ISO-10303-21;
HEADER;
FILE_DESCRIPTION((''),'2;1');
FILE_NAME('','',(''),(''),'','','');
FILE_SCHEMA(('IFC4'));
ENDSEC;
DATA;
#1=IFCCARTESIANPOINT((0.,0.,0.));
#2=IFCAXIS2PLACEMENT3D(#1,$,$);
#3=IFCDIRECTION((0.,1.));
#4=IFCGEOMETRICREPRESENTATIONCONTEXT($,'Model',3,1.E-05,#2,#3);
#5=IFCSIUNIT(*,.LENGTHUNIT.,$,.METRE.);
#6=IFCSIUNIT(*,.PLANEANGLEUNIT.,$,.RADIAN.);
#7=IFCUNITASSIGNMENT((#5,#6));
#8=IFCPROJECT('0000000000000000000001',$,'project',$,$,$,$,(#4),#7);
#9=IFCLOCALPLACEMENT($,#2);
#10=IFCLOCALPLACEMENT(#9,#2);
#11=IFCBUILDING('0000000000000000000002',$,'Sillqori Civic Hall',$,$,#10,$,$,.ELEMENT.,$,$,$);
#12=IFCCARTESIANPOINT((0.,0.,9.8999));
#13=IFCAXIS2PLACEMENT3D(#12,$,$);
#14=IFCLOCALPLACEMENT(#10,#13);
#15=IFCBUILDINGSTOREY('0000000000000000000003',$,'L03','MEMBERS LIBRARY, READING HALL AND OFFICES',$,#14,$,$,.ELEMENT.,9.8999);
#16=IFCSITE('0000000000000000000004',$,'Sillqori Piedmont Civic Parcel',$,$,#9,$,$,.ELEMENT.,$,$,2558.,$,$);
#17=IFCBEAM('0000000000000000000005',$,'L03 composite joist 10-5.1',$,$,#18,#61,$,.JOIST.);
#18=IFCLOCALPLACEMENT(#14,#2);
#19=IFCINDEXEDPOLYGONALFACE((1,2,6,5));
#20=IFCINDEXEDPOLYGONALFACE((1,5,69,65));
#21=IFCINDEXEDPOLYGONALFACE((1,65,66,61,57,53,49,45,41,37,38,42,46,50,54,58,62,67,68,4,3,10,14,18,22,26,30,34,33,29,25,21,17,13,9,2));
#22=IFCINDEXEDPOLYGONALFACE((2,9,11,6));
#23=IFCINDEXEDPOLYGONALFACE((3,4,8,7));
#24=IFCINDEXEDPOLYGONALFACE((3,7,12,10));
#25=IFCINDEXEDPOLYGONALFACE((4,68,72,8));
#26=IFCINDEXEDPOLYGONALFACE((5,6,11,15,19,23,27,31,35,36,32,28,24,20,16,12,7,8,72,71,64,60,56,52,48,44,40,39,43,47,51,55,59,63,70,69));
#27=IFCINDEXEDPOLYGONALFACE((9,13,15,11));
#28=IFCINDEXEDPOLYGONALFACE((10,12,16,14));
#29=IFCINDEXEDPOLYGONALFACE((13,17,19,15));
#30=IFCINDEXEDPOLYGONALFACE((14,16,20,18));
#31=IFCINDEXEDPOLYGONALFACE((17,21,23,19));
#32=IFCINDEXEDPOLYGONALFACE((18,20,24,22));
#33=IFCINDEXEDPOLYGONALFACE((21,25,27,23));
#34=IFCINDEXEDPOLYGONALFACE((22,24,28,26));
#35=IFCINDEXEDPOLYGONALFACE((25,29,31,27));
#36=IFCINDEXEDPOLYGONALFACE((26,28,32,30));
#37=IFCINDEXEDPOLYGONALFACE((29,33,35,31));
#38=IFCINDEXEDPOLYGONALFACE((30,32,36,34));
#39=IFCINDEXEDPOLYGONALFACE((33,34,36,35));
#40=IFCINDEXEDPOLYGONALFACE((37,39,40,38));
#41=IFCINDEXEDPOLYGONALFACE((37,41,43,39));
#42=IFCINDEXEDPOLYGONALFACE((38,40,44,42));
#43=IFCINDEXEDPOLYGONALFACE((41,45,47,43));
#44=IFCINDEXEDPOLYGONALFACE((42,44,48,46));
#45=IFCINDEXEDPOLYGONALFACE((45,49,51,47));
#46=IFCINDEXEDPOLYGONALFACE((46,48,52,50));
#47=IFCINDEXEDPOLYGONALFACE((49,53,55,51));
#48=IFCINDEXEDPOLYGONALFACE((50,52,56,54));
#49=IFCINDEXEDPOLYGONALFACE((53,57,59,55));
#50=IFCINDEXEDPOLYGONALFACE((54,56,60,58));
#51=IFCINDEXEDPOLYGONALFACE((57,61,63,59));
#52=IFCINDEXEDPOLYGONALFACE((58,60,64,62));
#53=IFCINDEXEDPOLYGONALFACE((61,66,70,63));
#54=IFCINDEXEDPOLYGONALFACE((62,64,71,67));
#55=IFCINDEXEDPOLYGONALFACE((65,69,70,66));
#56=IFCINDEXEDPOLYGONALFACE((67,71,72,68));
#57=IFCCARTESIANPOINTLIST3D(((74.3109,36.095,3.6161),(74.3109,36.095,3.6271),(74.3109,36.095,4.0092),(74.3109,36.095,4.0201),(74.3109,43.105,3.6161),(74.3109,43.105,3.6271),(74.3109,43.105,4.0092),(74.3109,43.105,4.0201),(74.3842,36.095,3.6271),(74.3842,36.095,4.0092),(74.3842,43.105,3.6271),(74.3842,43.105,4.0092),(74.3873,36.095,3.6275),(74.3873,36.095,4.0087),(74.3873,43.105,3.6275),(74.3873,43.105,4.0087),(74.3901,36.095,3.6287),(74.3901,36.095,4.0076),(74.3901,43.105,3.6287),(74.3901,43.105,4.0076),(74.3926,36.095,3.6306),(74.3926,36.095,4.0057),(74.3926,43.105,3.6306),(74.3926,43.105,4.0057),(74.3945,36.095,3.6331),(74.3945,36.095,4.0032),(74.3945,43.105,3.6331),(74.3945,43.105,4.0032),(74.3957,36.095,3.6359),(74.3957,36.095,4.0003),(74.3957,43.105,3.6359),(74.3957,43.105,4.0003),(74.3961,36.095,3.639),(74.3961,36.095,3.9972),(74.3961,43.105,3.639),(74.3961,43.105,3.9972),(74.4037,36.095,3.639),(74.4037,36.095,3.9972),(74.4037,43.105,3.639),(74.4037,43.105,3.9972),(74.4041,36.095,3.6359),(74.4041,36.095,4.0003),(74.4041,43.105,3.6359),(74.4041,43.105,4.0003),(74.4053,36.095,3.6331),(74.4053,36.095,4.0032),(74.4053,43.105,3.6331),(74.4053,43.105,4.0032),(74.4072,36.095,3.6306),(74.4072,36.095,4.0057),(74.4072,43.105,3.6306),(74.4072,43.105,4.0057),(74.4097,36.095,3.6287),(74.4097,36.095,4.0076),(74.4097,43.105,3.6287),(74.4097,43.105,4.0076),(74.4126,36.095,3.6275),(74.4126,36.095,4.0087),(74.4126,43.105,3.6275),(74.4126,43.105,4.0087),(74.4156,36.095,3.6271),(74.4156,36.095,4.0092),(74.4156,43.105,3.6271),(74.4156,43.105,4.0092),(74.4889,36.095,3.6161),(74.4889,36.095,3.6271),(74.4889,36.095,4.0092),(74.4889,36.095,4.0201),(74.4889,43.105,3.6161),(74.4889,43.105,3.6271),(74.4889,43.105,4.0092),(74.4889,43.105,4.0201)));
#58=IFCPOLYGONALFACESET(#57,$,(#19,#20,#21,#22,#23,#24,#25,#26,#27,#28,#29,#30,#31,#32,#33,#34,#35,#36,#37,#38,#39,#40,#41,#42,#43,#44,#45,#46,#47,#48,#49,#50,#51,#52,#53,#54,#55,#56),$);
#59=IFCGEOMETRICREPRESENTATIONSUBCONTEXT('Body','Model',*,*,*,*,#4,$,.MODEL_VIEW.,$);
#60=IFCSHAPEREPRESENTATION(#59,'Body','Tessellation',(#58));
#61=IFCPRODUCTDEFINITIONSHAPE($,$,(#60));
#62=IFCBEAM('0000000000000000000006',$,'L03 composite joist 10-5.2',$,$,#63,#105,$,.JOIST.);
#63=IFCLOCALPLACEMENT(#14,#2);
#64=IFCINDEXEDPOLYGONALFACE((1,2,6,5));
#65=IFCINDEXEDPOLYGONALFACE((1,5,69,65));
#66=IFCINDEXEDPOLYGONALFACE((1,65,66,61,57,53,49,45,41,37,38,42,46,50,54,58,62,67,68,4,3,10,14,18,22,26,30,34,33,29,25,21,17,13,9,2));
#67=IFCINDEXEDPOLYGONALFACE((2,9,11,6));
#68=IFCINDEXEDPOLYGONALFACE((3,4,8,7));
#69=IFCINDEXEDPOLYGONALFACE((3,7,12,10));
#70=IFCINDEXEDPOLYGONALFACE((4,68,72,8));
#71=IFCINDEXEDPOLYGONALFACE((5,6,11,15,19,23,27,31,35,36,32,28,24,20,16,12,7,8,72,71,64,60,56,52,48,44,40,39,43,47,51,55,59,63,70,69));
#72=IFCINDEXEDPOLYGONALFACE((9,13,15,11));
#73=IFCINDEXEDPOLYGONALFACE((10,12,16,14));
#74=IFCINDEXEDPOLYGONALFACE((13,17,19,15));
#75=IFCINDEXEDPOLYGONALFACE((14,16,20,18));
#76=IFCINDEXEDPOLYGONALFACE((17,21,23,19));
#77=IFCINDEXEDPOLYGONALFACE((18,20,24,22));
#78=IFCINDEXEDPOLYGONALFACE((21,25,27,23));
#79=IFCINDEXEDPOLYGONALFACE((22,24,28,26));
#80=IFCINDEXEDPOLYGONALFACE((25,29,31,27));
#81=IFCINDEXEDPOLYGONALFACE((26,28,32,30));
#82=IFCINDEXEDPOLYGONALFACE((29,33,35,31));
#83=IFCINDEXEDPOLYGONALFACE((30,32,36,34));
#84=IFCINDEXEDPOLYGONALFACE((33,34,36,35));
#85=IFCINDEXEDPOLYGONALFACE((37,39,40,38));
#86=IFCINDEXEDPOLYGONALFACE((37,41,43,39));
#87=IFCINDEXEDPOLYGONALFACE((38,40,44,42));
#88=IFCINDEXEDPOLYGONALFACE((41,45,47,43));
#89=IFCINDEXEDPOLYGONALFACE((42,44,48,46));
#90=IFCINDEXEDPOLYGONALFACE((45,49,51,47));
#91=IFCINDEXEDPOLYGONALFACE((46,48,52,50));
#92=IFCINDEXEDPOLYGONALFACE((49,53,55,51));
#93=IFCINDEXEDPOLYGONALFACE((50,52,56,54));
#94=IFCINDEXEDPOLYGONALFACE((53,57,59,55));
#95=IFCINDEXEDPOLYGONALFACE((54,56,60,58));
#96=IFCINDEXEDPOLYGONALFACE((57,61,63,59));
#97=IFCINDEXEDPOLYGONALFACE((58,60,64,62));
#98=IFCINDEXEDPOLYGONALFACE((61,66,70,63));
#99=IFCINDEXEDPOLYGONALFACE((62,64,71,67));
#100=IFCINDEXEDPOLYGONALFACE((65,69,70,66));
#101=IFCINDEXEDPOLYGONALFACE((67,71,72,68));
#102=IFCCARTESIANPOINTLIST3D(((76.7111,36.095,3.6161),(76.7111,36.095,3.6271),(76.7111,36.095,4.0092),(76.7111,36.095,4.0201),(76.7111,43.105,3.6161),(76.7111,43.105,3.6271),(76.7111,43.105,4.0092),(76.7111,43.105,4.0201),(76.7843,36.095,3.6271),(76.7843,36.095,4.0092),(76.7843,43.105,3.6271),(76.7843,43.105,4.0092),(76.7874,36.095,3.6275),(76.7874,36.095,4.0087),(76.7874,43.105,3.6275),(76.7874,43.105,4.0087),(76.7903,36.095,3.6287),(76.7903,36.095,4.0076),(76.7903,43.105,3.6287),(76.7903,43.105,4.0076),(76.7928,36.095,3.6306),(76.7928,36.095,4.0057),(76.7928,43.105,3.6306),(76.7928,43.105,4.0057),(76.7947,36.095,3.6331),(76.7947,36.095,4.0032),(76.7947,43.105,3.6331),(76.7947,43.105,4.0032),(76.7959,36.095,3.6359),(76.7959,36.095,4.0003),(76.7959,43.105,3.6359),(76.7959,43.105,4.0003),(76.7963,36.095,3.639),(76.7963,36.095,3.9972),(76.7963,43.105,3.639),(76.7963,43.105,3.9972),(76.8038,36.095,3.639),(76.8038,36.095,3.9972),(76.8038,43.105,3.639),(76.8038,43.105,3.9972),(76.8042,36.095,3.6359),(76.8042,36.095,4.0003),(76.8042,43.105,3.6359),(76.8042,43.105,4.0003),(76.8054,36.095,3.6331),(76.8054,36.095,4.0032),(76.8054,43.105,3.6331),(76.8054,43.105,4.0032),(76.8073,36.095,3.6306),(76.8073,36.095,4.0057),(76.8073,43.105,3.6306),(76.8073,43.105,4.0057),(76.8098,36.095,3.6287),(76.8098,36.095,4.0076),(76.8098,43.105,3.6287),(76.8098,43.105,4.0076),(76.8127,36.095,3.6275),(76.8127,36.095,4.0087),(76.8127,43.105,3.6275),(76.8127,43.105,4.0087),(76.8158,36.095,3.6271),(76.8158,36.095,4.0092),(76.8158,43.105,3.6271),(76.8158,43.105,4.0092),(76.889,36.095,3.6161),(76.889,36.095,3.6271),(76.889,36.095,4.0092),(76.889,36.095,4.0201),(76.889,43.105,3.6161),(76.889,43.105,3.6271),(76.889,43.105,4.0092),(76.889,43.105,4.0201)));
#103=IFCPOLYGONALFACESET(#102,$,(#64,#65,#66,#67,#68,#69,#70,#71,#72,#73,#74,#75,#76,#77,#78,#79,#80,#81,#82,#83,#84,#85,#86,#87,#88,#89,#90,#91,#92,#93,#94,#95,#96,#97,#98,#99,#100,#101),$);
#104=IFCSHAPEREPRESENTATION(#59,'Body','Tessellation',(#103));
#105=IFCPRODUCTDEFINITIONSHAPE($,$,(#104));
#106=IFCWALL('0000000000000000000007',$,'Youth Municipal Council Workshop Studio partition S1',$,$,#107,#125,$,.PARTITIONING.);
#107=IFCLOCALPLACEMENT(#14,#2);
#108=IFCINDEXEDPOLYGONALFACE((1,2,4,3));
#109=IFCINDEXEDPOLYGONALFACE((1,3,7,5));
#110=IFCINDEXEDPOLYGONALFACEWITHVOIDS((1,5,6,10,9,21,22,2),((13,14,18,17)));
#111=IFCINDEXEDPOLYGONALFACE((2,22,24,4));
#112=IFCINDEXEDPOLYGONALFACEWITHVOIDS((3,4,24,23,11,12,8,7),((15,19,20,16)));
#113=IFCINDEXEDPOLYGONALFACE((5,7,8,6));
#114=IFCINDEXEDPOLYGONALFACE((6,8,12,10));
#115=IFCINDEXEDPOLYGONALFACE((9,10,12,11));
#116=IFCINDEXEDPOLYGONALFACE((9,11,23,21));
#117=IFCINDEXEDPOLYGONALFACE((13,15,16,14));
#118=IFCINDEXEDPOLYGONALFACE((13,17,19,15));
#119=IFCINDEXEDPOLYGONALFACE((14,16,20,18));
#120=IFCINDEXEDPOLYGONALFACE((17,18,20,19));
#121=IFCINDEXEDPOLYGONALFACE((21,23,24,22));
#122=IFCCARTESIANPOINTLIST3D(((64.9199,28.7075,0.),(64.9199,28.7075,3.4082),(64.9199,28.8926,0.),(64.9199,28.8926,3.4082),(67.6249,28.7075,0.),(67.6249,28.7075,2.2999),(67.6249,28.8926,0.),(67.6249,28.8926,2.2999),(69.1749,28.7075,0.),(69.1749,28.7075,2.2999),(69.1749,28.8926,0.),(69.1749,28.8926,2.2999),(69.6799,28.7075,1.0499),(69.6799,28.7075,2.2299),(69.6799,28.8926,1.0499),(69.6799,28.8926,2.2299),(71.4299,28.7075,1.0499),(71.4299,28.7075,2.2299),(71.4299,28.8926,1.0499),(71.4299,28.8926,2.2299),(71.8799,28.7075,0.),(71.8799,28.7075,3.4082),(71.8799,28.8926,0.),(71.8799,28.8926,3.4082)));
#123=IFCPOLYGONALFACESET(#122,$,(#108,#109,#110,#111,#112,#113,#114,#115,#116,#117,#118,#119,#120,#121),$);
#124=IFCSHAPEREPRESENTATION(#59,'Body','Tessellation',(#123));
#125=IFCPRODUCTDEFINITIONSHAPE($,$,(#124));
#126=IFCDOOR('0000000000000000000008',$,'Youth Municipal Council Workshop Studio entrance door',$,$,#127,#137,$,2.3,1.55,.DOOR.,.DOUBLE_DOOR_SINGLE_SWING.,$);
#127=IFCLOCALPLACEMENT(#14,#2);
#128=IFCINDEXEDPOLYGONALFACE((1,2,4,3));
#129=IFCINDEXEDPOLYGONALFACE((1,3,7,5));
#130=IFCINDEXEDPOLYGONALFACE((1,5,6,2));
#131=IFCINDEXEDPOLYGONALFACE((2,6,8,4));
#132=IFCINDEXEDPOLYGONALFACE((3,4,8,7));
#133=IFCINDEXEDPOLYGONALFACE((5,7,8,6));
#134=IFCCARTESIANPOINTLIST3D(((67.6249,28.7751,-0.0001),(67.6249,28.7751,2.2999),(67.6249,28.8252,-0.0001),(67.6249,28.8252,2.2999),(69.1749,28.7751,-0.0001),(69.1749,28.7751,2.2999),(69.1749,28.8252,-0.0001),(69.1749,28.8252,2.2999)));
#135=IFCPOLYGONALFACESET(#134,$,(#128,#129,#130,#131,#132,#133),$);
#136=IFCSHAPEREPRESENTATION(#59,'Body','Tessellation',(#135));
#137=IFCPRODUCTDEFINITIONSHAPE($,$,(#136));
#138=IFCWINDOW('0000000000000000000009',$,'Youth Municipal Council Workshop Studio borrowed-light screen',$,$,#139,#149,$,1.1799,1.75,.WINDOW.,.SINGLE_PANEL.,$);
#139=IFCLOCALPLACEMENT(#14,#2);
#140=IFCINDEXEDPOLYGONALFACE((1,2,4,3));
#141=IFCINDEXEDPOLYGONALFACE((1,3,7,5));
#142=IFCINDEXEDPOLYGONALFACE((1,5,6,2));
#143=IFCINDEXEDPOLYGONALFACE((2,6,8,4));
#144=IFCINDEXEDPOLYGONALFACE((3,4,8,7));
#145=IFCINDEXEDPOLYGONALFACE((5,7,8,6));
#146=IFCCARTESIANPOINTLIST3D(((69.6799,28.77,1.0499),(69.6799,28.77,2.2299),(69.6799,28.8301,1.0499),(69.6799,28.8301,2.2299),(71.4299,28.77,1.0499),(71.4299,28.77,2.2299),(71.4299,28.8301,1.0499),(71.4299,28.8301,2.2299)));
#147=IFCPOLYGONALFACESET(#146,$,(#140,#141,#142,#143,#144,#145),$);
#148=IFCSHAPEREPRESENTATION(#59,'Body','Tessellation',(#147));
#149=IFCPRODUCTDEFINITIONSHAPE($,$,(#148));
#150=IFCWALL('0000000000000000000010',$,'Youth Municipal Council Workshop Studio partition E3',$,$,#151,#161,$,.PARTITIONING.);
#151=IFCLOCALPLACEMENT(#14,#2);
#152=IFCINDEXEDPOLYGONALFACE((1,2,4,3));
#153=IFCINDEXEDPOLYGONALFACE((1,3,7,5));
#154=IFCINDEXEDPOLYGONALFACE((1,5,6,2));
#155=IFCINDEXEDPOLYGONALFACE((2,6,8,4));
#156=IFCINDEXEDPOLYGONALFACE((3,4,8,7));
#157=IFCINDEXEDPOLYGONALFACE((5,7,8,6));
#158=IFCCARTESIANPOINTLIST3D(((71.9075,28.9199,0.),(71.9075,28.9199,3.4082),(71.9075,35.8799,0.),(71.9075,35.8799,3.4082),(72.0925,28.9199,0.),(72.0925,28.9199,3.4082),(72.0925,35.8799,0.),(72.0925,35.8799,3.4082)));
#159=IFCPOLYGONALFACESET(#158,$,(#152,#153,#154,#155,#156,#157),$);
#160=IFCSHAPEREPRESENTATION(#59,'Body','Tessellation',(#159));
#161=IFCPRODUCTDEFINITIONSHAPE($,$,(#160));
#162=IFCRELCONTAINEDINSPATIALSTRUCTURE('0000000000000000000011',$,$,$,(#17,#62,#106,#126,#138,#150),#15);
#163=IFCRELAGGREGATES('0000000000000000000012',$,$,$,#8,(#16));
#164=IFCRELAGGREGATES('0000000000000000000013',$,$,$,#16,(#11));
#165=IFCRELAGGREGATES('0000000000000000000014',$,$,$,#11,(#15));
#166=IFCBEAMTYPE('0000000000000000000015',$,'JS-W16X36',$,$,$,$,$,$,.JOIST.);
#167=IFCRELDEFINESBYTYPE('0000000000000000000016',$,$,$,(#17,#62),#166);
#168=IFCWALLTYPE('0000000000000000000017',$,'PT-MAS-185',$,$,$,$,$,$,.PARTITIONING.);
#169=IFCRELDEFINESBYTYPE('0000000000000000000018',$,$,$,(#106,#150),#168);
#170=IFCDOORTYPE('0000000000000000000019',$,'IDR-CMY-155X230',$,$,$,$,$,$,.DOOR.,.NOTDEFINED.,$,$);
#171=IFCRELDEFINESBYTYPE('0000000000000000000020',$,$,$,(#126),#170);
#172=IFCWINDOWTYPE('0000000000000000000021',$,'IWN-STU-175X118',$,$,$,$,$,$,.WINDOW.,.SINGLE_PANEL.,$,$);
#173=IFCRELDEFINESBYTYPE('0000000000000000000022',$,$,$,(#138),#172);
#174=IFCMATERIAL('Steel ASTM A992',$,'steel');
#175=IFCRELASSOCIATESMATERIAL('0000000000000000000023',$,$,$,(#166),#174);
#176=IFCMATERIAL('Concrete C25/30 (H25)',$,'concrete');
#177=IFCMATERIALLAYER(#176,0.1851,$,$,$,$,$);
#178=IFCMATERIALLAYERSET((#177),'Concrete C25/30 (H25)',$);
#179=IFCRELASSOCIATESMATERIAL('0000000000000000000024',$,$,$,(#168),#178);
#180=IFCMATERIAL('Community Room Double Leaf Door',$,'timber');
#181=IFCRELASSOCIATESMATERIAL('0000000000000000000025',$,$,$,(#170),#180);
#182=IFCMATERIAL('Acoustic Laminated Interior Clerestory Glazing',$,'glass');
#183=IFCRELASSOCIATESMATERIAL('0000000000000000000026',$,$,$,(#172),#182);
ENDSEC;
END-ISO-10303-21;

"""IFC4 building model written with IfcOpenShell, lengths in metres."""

from ifc_helpers import new_model, si_unit, direction, frame, frame_2d, origin, origin_2d, place, context, subcontext, project, spatial, rectangle, i_section, extrude, material, layer, layer_set, material_profile, profile_set, type_object, element, fill, save


model = new_model("IFC4")

# Units and contexts
model_context = context("Model", 3, precision=1e-05, world=origin(), true_north=direction((0.0, 1.0)))
body_context = subcontext(model_context, "Body", "Model", "MODEL_VIEW")
ifc_project = project(units=[si_unit("LENGTHUNIT", "METRE"), si_unit("PLANEANGLEUNIT", "RADIAN")], contexts=[model_context])

# Site, building, storey
site_placement = place(None, origin())
site = spatial("IfcSite", under=ifc_project, at=site_placement, Name="Sillqori Piedmont Civic Parcel", CompositionType="ELEMENT", RefElevation=2558.0)
building_placement = place(site_placement, origin())
building = spatial("IfcBuilding", under=site, at=building_placement, Name="Sillqori Civic Hall", CompositionType="ELEMENT")
storey_placement = place(building_placement, frame((0.0, 0.0, 9.8999)))
storey = spatial("IfcBuildingStorey", under=building, at=storey_placement, Name="L03", Description="MEMBERS LIBRARY, READING HALL AND OFFICES", CompositionType="ELEMENT", Elevation=9.8999)

# Shared definitions
ifc_material_1 = material(Name="Steel ASTM A992", Category="steel")

# Beams
ifc_material_profile_1 = material_profile(ifc_material_1, i_section(OverallWidth=0.178, OverallDepth=0.4041, WebThickness=0.0076, FlangeThickness=0.011, FilletRadius=0.012, at=origin_2d()), Name="W16X36")
ifc_profile_set_1 = profile_set([ifc_material_profile_1], Name="Steel ASTM A992")
beam_type_1 = type_object("IfcBeamType", Name="JS-W16X36", PredefinedType="JOIST", material=ifc_profile_set_1)
for number, where, z_axis, x_axis, name in (
    (1, (74.3999, 36.095, 3.8181), (0.0, 1.0, 0.0), (-1.0, 0.0, 0.0), "L03 composite joist 10-5.1"),
    (2, (76.8, 36.095, 3.8181), (0.0, 1.0, 0.0), (-1.0, 0.0, 0.0), "L03 composite joist 10-5.2"),
):
    element("IfcBeam", number, at=place(storey_placement, frame(where, z_axis=z_axis, x_axis=x_axis)), inside=storey, type_object=beam_type_1, Name=name, PredefinedType="JOIST", context=body_context, shape_type="SweptSolid", body=[
        extrude(i_section(OverallWidth=0.178, OverallDepth=0.4041, WebThickness=0.0076, FlangeThickness=0.011, FilletRadius=0.012, at=origin_2d()), origin(), (0.0, 0.0, 1.0), 7.01),
    ])

# Wall, openings, door, window
ifc_material_2 = material(Name="Concrete C25/30 (H25)", Category="concrete")
ifc_layer_1 = layer(ifc_material_2, 0.1851)
ifc_layer_set_1 = layer_set([ifc_layer_1], Name="Concrete C25/30 (H25)")
wall_type = type_object("IfcWallType", Name="PT-MAS-185", PredefinedType="PARTITIONING", material=ifc_layer_set_1)
wall_1_placement = place(storey_placement, frame((71.8799, 28.8, 0.0), z_axis=(0.0, 0.0, 1.0), x_axis=(-1.0, 0.0, 0.0)))
wall_1 = element("IfcWall", 3, at=wall_1_placement, inside=storey, type_object=wall_type, Name="Youth Municipal Council Workshop Studio partition S1", PredefinedType="PARTITIONING", context=body_context, shape_type="SweptSolid", body=[
    extrude(rectangle(XDim=6.96, YDim=0.1851, at=frame_2d((3.48, 0.0))), origin(), (0.0, 0.0, 1.0), 3.4082),
])
opening_1_placement = place(wall_1_placement, frame((2.7051, 0.0, 0.0)))
opening_1 = element("IfcOpeningElement", 4, at=opening_1_placement, cuts=wall_1, PredefinedType="OPENING", context=body_context, shape_type="SweptSolid", body=[
    extrude(rectangle(XDim=1.55, YDim=2.3, at=frame_2d((0.7749, 1.1499))), frame((0.0, 0.1025, 0.0), z_axis=(0.0, -1.0, 0.0), x_axis=(1.0, 0.0, 0.0)), (0.0, 0.0, 1.0), 0.2051),
])
opening_2_placement = place(wall_1_placement, frame((0.45, 0.0, 1.05)))
opening_2 = element("IfcOpeningElement", 5, at=opening_2_placement, cuts=wall_1, PredefinedType="OPENING", context=body_context, shape_type="SweptSolid", body=[
    extrude(rectangle(XDim=1.75, YDim=1.1799, at=frame_2d((0.875, 0.5898))), frame((0.0, 0.1025, 0.0), z_axis=(0.0, -1.0, 0.0), x_axis=(1.0, 0.0, 0.0)), (0.0, 0.0, 1.0), 0.2051),
])
ifc_material_3 = material(Name="Community Room Double Leaf Door", Category="timber")
door_type = type_object("IfcDoorType", Name="IDR-CMY-155X230", OperationType="NOTDEFINED", PredefinedType="DOOR", material=ifc_material_3)
door_placement = place(opening_1_placement, origin())
door = element("IfcDoor", 6, at=door_placement, inside=storey, type_object=door_type, Name="Youth Municipal Council Workshop Studio entrance door", OperationType="DOUBLE_DOOR_SINGLE_SWING", OverallHeight=2.3, OverallWidth=1.55, PredefinedType="DOOR", context=body_context, shape_type="SweptSolid", body=[
    extrude(rectangle(XDim=1.55, YDim=2.3, at=frame_2d((0.7749, 1.1499))), frame((0.0, 0.0249, 0.0), z_axis=(0.0, -1.0, 0.0), x_axis=(1.0, 0.0, 0.0)), (0.0, 0.0, 1.0), 0.05),
])
fill(opening_1, door)
ifc_material_4 = material(Name="Acoustic Laminated Interior Clerestory Glazing", Category="glass")
window_type = type_object("IfcWindowType", Name="IWN-STU-175X118", PartitioningType="SINGLE_PANEL", PredefinedType="WINDOW", material=ifc_material_4)
window_placement = place(opening_2_placement, origin())
window = element("IfcWindow", 7, at=window_placement, inside=storey, type_object=window_type, Name="Youth Municipal Council Workshop Studio borrowed-light screen", OverallHeight=1.1799, OverallWidth=1.75, PartitioningType="SINGLE_PANEL", PredefinedType="WINDOW", context=body_context, shape_type="SweptSolid", body=[
    extrude(rectangle(XDim=1.75, YDim=1.1799, at=frame_2d((0.875, 0.5898))), frame((0.0, 0.03, 0.0), z_axis=(0.0, -1.0, 0.0), x_axis=(1.0, 0.0, 0.0)), (0.0, 0.0, 1.0), 0.0601),
])
fill(opening_2, window)

# Wall
wall_2_placement = place(storey_placement, frame((72.0, 35.8799, 0.0), z_axis=(0.0, 0.0, 1.0), x_axis=(0.0, -1.0, 0.0)))
element("IfcWall", 8, at=wall_2_placement, inside=storey, type_object=wall_type, Name="Youth Municipal Council Workshop Studio partition E3", PredefinedType="PARTITIONING", context=body_context, shape_type="SweptSolid", body=[
    extrude(rectangle(XDim=6.96, YDim=0.1851, at=frame_2d((3.48, 0.0))), origin(), (0.0, 0.0, 1.0), 3.4082),
])

save(model, "model.ifc")
